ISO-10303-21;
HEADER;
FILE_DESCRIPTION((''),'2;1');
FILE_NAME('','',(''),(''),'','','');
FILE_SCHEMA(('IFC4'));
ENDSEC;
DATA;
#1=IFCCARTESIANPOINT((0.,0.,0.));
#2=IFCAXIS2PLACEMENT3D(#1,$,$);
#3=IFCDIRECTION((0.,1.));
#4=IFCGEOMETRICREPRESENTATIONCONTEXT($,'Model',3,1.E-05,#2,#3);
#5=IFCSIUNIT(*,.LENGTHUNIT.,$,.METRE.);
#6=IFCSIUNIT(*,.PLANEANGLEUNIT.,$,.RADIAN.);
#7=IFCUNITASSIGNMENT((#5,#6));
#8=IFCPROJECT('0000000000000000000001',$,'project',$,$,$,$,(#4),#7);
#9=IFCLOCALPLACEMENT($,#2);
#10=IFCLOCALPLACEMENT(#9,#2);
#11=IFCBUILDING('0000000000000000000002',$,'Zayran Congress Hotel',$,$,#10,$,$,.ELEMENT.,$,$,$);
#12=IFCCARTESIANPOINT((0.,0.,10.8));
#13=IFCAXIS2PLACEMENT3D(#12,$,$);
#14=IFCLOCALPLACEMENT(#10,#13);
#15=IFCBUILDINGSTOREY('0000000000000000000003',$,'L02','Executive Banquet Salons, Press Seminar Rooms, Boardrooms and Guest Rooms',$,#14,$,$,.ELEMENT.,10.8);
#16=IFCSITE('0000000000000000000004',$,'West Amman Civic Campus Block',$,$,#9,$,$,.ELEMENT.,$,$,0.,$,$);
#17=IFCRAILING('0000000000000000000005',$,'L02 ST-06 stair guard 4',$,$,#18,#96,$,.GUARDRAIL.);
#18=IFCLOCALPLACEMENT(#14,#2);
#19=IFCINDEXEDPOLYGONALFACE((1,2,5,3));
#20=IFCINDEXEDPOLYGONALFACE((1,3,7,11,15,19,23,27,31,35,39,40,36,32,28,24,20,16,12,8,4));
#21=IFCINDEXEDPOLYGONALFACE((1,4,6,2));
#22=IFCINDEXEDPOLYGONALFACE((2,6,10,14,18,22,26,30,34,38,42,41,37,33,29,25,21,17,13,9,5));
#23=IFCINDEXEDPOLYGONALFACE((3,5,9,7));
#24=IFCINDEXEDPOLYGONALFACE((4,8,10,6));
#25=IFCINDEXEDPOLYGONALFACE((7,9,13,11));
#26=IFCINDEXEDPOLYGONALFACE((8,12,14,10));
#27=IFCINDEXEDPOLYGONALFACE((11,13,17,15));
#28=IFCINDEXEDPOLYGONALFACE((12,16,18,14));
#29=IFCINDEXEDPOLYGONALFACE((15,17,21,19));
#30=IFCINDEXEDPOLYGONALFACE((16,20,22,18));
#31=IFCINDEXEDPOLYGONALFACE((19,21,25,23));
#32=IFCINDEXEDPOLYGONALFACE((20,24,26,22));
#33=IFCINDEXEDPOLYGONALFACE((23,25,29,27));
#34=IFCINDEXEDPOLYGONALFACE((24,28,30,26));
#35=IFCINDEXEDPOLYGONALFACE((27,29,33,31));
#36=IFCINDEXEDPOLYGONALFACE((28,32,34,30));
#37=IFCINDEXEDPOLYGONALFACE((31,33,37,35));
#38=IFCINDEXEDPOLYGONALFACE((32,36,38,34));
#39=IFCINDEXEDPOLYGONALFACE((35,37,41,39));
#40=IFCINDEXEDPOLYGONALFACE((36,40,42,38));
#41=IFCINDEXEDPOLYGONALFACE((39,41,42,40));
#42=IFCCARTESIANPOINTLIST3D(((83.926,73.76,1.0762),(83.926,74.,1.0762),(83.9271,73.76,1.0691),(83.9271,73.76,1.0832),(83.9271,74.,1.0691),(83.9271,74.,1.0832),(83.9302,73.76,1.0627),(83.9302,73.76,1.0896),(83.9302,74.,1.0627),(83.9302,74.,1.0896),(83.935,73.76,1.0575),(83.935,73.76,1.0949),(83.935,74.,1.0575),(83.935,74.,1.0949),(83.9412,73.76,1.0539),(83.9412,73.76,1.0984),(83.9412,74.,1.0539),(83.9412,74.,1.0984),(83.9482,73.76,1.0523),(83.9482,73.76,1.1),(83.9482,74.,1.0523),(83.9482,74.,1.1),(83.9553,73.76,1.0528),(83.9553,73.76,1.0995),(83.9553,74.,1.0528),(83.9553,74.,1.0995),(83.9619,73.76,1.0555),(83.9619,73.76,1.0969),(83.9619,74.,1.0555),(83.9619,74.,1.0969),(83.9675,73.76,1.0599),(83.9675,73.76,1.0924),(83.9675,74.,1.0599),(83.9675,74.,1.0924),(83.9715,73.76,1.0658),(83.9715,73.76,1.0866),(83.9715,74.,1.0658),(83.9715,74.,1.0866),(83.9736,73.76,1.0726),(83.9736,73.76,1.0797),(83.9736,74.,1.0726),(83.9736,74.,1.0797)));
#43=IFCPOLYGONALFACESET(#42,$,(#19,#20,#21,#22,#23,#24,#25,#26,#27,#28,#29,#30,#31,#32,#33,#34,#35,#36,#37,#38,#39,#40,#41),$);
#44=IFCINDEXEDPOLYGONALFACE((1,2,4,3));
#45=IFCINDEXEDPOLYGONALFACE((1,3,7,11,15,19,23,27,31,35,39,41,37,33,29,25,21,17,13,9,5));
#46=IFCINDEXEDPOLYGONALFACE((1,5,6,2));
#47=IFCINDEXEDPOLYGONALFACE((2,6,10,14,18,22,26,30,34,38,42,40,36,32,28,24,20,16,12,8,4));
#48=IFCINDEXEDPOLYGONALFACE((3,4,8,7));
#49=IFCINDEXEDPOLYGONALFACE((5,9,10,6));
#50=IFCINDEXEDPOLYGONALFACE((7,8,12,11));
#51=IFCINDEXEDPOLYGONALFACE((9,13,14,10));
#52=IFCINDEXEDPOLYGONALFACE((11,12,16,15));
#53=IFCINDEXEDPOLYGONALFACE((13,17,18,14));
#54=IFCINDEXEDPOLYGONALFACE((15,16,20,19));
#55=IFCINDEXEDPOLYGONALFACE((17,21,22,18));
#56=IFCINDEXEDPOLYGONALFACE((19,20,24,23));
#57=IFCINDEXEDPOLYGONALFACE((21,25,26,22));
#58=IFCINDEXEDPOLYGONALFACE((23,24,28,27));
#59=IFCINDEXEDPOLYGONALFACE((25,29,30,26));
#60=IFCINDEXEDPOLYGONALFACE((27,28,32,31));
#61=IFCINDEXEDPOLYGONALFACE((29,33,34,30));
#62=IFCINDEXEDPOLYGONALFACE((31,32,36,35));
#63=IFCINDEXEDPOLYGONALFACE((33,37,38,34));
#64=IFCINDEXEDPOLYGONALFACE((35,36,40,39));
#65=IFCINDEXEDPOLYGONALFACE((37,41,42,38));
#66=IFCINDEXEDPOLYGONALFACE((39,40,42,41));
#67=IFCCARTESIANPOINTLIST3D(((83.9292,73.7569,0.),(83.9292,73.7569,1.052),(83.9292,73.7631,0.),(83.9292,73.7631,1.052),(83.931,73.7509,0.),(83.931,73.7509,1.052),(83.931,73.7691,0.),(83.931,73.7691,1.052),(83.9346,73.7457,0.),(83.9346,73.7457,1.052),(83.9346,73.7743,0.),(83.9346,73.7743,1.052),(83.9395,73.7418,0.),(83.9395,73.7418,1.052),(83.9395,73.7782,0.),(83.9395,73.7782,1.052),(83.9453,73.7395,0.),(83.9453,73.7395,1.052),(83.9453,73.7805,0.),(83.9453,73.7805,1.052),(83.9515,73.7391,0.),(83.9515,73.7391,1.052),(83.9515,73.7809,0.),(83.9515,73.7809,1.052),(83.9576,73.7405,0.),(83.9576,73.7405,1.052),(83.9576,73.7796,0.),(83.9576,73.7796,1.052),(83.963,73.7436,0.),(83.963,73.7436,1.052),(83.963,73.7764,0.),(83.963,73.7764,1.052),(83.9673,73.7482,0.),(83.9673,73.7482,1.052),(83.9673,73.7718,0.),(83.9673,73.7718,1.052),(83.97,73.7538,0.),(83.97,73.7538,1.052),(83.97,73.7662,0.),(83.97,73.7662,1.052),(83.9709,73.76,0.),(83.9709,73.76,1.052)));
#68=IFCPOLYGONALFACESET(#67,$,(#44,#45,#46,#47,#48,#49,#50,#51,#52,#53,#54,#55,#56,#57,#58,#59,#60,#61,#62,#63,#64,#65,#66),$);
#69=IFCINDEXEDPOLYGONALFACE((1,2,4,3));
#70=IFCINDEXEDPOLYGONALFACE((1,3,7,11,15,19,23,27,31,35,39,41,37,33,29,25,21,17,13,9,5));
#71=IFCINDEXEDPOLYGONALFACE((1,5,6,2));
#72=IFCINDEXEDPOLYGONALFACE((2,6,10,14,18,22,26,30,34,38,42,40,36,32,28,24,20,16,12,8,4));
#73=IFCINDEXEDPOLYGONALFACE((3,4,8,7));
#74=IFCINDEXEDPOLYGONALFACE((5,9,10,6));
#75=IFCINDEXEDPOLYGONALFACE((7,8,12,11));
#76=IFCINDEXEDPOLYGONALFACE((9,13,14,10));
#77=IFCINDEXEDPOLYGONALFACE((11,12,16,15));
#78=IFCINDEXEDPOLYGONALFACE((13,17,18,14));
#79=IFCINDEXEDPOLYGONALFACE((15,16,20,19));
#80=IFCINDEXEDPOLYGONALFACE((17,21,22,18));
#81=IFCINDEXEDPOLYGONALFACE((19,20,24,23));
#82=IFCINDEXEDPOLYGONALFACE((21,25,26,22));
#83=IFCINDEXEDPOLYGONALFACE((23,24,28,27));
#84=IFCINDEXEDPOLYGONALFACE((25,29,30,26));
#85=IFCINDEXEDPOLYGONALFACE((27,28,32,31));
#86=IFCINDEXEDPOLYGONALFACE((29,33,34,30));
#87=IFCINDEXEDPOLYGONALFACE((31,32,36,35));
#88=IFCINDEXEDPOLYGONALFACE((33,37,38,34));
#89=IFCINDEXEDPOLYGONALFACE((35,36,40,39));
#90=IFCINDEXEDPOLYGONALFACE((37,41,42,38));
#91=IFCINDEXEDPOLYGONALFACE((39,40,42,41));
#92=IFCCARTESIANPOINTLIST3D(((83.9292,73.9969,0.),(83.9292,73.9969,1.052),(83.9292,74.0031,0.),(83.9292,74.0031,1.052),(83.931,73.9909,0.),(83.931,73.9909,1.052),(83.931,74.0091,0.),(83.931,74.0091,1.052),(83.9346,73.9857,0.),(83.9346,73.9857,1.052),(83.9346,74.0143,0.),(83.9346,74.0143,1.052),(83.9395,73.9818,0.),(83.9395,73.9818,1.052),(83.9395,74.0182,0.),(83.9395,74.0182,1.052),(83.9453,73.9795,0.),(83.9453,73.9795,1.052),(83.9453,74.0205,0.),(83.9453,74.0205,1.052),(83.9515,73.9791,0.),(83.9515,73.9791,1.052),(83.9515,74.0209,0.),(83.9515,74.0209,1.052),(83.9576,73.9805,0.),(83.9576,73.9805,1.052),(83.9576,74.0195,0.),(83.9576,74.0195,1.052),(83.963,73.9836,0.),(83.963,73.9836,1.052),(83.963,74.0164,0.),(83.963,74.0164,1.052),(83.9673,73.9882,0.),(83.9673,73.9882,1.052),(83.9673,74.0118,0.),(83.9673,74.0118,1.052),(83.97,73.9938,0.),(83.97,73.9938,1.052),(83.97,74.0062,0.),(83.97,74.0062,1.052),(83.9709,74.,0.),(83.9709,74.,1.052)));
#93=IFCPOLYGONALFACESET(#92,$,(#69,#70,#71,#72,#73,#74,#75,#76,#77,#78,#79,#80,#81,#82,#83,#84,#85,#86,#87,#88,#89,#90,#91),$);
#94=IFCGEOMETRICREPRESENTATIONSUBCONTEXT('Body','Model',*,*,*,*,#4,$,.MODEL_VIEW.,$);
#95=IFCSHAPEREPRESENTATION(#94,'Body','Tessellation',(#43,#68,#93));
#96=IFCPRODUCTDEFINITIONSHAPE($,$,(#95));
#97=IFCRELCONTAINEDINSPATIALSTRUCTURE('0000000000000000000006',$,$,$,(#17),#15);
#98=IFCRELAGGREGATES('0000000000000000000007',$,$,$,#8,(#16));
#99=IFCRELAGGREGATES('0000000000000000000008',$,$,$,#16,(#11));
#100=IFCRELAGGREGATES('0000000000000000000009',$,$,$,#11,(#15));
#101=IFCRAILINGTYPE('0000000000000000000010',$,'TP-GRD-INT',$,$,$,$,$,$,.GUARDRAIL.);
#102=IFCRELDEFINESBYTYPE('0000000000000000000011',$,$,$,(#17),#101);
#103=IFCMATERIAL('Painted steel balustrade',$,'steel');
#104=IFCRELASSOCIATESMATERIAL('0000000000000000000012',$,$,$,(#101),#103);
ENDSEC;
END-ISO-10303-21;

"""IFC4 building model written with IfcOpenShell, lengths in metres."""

from ifc_helpers import new_model, si_unit, direction, frame, origin, origin_2d, place, context, subcontext, project, spatial, circle, extrude, material, type_object, element, save


model = new_model("IFC4")

# Units and contexts
model_context = context("Model", 3, precision=1e-05, world=origin(), true_north=direction((0.0, 1.0)))
body_context = subcontext(model_context, "Body", "Model", "MODEL_VIEW")
ifc_project = project(units=[si_unit("LENGTHUNIT", "METRE"), si_unit("PLANEANGLEUNIT", "RADIAN")], contexts=[model_context])

# Site, building, storey
site_placement = place(None, origin())
site = spatial("IfcSite", under=ifc_project, at=site_placement, Name="West Amman Civic Campus Block", CompositionType="ELEMENT", RefElevation=0.0)
building_placement = place(site_placement, origin())
building = spatial("IfcBuilding", under=site, at=building_placement, Name="Zayran Congress Hotel", CompositionType="ELEMENT")
storey_placement = place(building_placement, frame((0.0, 0.0, 10.8)))
storey = spatial("IfcBuildingStorey", under=building, at=storey_placement, Name="L02", Description="Executive Banquet Salons, Press Seminar Rooms, Boardrooms and Guest Rooms", CompositionType="ELEMENT", Elevation=10.8)

# Railing
ifc_material_1 = material(Name="Painted steel balustrade", Category="steel")
railing_type_1 = type_object("IfcRailingType", Name="TP-GRD-INT", PredefinedType="GUARDRAIL", material=ifc_material_1)
railing_1_placement = place(storey_placement, frame((83.95, 73.76, 0.0)))
element("IfcRailing", 1, at=railing_1_placement, inside=storey, type_object=railing_type_1, Name="L02 ST-06 stair guard 4", PredefinedType="GUARDRAIL", context=body_context, shape_type="SweptSolid", body=[
    extrude(circle(Radius=0.0239, at=origin_2d()), frame((0.0, 0.0, 1.0762), z_axis=(0.0, 1.0, 0.0), x_axis=(-1.0, 0.0, 0.0)), (0.0, 0.0, 1.0), 0.24),
    extrude(circle(Radius=0.021, at=origin_2d()), origin(), (0.0, 0.0, 1.0), 1.052),
    extrude(circle(Radius=0.021, at=origin_2d()), frame((0.0, 0.24, 0.0)), (0.0, 0.0, 1.0), 1.052),
])

save(model, "model.ifc")
